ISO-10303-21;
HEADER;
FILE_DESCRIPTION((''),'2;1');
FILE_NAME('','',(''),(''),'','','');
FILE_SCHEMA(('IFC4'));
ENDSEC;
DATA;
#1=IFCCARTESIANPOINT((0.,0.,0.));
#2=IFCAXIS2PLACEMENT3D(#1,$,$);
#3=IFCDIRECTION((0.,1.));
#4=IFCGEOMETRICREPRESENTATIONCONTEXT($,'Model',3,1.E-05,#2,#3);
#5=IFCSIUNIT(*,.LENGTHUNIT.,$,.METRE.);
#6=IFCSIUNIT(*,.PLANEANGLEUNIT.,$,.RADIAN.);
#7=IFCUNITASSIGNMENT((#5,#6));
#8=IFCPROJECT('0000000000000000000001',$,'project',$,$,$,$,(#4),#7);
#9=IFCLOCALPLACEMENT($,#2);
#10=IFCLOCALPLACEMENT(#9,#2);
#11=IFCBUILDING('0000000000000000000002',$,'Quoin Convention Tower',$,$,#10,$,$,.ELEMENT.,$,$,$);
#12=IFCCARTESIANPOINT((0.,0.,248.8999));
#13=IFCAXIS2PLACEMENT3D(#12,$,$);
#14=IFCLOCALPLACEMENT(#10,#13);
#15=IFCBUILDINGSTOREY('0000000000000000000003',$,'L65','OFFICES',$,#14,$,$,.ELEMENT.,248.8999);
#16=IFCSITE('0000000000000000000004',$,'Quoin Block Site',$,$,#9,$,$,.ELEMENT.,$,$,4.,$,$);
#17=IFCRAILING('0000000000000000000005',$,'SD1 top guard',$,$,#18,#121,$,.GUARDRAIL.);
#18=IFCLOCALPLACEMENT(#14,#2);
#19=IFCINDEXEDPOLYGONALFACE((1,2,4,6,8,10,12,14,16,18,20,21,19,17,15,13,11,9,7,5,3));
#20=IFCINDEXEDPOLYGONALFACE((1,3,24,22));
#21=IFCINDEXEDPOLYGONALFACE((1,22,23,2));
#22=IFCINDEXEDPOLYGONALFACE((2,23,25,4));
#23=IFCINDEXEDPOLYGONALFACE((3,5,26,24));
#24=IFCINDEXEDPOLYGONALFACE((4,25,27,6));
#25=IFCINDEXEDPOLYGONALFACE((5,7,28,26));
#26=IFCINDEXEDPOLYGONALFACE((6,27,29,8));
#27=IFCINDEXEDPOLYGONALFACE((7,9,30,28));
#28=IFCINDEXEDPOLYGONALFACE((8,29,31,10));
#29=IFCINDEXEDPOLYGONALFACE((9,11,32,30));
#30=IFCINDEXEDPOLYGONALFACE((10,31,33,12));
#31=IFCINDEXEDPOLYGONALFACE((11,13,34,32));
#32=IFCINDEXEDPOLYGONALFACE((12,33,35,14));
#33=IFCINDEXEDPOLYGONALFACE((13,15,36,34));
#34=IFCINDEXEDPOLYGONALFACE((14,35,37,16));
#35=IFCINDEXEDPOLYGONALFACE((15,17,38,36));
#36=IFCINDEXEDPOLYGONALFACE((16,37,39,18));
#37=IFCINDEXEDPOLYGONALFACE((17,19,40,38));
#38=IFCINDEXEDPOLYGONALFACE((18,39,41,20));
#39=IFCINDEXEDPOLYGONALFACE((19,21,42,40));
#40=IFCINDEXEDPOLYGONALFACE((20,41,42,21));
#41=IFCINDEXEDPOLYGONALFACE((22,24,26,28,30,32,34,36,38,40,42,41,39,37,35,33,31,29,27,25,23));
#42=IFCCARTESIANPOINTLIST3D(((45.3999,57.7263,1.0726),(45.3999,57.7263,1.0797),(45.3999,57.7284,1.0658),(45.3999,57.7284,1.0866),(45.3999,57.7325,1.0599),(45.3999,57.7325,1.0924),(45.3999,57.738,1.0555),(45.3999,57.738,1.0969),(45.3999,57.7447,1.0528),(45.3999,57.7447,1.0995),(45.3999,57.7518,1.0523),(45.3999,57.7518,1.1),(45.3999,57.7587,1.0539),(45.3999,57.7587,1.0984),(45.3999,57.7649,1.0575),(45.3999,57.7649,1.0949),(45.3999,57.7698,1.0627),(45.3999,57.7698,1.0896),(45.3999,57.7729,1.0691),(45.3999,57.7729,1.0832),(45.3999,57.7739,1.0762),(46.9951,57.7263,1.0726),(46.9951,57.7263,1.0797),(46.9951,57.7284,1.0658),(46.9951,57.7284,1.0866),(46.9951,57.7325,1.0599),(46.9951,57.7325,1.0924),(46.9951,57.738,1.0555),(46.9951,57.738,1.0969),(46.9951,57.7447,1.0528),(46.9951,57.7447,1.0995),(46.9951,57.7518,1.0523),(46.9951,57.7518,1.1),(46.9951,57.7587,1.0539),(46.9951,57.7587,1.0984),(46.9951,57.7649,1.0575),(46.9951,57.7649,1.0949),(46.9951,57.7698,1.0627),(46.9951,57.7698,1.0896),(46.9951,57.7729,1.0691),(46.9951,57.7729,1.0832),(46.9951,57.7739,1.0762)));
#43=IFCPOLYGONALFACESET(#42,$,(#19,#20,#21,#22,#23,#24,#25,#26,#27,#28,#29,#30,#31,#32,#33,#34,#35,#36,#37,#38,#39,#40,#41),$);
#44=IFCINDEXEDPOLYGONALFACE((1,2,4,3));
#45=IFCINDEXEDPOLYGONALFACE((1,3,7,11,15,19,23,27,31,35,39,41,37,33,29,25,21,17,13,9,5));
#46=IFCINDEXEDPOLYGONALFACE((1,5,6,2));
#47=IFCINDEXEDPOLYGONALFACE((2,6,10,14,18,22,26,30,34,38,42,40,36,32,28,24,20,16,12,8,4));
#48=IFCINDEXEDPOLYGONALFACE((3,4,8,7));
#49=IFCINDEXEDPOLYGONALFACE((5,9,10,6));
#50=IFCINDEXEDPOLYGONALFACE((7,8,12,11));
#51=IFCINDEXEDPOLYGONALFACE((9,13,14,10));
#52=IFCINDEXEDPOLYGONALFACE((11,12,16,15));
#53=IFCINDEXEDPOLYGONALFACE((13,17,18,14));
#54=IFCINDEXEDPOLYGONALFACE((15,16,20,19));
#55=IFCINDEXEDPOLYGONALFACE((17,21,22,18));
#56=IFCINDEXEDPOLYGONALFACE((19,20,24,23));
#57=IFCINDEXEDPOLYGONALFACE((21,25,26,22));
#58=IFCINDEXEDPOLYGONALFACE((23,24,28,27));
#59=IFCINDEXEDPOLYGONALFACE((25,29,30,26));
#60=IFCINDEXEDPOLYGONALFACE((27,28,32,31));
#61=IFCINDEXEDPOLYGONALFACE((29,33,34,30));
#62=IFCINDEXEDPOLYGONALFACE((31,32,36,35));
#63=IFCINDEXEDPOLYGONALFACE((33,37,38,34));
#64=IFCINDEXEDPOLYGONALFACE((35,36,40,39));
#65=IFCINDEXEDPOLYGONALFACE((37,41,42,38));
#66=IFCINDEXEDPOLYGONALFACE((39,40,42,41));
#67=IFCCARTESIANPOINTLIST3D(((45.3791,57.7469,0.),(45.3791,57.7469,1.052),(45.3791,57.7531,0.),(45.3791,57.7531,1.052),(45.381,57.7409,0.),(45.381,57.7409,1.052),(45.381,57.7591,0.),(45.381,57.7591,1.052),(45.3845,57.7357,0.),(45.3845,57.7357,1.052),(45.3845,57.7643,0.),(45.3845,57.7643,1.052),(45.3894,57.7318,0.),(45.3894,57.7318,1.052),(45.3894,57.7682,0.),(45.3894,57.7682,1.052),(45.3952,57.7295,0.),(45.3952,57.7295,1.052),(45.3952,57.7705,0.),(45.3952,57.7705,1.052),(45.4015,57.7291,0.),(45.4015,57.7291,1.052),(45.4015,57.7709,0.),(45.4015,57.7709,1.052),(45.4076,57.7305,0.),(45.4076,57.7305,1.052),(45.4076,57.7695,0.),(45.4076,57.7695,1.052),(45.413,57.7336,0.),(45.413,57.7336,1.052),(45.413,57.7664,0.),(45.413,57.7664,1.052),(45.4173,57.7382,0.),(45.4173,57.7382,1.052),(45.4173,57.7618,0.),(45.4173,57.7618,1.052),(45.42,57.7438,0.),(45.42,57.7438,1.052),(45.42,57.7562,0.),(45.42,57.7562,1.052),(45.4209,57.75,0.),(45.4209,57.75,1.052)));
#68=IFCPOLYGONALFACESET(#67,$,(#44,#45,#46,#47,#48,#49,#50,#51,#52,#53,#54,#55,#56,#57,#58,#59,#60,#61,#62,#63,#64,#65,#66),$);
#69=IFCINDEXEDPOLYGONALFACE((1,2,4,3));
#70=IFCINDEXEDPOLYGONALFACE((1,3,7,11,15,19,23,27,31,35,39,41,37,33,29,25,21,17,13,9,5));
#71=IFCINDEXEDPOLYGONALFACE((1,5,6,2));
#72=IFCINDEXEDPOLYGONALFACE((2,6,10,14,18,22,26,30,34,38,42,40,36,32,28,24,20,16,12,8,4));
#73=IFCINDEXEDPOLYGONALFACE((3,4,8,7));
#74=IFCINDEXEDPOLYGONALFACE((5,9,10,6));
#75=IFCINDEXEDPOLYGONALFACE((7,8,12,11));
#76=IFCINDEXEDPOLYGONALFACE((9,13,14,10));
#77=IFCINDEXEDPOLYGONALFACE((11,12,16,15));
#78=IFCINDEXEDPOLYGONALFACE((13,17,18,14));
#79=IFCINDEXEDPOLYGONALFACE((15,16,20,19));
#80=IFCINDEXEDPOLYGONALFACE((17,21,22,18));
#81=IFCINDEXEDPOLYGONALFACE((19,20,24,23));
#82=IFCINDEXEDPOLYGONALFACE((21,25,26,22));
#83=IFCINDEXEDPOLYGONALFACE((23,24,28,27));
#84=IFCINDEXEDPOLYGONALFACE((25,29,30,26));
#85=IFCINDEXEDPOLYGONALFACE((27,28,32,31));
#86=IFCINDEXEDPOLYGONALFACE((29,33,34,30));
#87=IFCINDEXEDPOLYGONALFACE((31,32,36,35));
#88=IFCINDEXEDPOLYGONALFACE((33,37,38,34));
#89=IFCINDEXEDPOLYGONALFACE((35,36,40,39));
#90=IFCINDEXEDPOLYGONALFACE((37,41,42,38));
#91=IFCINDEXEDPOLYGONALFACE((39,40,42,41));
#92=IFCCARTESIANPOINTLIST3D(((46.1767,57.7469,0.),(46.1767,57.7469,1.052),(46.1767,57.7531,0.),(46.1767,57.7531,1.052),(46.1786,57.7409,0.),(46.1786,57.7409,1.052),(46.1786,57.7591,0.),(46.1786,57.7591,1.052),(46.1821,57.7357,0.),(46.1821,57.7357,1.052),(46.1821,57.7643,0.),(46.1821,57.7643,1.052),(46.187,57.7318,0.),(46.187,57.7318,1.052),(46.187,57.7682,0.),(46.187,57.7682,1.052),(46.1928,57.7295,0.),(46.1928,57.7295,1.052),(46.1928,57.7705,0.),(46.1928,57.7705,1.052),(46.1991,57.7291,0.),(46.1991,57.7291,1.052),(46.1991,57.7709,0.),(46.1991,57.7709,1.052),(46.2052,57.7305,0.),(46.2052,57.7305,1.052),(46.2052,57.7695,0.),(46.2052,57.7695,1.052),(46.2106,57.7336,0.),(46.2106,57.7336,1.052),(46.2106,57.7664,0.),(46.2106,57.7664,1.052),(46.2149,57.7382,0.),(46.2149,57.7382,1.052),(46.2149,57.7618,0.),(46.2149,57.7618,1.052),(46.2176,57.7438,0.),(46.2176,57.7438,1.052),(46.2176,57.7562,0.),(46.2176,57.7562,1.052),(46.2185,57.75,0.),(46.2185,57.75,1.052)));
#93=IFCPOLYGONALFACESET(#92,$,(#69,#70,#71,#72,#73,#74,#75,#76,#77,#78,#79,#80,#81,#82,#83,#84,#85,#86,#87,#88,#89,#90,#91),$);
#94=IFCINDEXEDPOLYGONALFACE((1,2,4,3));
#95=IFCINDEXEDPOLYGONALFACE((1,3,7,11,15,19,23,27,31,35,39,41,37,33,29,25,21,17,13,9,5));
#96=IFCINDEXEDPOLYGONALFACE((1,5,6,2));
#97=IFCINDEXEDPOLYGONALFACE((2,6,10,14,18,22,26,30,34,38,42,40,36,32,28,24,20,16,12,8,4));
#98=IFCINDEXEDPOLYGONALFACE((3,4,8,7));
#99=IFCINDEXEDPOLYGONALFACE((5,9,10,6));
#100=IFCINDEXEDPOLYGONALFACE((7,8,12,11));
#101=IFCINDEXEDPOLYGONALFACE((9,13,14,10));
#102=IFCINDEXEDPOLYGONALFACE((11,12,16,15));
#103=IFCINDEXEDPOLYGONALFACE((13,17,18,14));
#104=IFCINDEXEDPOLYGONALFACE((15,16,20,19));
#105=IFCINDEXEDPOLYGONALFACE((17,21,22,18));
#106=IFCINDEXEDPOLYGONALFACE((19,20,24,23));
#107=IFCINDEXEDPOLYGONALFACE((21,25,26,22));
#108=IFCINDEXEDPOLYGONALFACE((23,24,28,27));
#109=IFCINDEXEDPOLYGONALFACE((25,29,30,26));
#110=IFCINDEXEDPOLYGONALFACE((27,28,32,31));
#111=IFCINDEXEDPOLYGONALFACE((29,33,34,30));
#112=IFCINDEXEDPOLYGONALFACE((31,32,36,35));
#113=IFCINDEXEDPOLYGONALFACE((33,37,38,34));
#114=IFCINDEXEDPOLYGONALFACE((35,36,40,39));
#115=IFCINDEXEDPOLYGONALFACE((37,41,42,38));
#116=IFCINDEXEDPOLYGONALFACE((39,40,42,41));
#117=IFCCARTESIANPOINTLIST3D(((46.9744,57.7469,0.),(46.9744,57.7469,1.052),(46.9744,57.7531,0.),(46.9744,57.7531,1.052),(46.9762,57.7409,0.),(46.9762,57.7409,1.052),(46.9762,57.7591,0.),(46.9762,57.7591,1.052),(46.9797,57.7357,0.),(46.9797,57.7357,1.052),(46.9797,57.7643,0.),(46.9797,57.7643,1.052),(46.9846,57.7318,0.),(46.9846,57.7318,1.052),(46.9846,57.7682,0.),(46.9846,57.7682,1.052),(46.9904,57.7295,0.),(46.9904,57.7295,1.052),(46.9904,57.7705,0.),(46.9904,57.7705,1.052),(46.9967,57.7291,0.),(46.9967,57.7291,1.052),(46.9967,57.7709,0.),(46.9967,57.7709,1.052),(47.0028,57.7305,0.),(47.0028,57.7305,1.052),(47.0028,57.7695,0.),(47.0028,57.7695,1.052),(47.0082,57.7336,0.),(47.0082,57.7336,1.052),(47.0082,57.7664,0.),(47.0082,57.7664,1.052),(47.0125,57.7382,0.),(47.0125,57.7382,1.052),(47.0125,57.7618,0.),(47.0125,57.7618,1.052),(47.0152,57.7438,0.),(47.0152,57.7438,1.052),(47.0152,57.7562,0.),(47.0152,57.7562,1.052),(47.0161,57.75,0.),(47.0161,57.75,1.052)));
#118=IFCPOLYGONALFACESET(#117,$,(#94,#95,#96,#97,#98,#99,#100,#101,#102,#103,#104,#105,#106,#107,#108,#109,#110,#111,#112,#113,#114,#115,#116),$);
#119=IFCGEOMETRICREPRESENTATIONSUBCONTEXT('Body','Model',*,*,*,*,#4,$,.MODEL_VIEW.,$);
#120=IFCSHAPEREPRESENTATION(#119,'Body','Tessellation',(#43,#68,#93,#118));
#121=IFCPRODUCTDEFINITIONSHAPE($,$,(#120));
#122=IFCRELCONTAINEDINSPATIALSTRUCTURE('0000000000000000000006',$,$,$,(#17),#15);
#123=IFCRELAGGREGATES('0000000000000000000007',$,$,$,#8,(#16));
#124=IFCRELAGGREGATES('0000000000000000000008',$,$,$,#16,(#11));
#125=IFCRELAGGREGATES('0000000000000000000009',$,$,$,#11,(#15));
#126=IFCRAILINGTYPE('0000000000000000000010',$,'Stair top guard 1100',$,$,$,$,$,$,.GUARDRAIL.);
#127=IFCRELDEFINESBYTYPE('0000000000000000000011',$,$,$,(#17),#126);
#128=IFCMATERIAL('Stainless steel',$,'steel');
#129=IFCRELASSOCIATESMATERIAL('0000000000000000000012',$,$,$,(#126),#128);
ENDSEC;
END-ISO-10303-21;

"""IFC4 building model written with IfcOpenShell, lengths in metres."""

from ifc_helpers import new_model, si_unit, direction, frame, origin, origin_2d, place, context, subcontext, project, spatial, circle, extrude, material, type_object, element, save


model = new_model("IFC4")

# Units and contexts
model_context = context("Model", 3, precision=1e-05, world=origin(), true_north=direction((0.0, 1.0)))
body_context = subcontext(model_context, "Body", "Model", "MODEL_VIEW")
ifc_project = project(units=[si_unit("LENGTHUNIT", "METRE"), si_unit("PLANEANGLEUNIT", "RADIAN")], contexts=[model_context])

# Site, building, storey
site_placement = place(None, origin())
site = spatial("IfcSite", under=ifc_project, at=site_placement, Name="Quoin Block Site", CompositionType="ELEMENT", RefElevation=4.0)
building_placement = place(site_placement, origin())
building = spatial("IfcBuilding", under=site, at=building_placement, Name="Quoin Convention Tower", CompositionType="ELEMENT")
storey_placement = place(building_placement, frame((0.0, 0.0, 248.8999)))
storey = spatial("IfcBuildingStorey", under=building, at=storey_placement, Name="L65", Description="OFFICES", CompositionType="ELEMENT", Elevation=248.8999)

# Railing
ifc_material_1 = material(Name="Stainless steel", Category="steel")
railing_type_1 = type_object("IfcRailingType", Name="Stair top guard 1100", PredefinedType="GUARDRAIL", material=ifc_material_1)
railing_1_placement = place(storey_placement, frame((45.3999, 57.75, 0.0)))
element("IfcRailing", 1, at=railing_1_placement, inside=storey, type_object=railing_type_1, Name="SD1 top guard", PredefinedType="GUARDRAIL", context=body_context, shape_type="SweptSolid", body=[
    extrude(circle(Radius=0.0239, at=origin_2d()), frame((0.0, 0.0, 1.0762), z_axis=(1.0, 0.0, 0.0), x_axis=(0.0, 1.0, 0.0)), (0.0, 0.0, 1.0), 1.5952),
    extrude(circle(Radius=0.021, at=origin_2d()), origin(), (0.0, 0.0, 1.0), 1.052),
    extrude(circle(Radius=0.021, at=origin_2d()), frame((0.7976, 0.0, 0.0)), (0.0, 0.0, 1.0), 1.052),
    extrude(circle(Radius=0.021, at=origin_2d()), frame((1.5952, 0.0, 0.0)), (0.0, 0.0, 1.0), 1.052),
])

save(model, "model.ifc")
